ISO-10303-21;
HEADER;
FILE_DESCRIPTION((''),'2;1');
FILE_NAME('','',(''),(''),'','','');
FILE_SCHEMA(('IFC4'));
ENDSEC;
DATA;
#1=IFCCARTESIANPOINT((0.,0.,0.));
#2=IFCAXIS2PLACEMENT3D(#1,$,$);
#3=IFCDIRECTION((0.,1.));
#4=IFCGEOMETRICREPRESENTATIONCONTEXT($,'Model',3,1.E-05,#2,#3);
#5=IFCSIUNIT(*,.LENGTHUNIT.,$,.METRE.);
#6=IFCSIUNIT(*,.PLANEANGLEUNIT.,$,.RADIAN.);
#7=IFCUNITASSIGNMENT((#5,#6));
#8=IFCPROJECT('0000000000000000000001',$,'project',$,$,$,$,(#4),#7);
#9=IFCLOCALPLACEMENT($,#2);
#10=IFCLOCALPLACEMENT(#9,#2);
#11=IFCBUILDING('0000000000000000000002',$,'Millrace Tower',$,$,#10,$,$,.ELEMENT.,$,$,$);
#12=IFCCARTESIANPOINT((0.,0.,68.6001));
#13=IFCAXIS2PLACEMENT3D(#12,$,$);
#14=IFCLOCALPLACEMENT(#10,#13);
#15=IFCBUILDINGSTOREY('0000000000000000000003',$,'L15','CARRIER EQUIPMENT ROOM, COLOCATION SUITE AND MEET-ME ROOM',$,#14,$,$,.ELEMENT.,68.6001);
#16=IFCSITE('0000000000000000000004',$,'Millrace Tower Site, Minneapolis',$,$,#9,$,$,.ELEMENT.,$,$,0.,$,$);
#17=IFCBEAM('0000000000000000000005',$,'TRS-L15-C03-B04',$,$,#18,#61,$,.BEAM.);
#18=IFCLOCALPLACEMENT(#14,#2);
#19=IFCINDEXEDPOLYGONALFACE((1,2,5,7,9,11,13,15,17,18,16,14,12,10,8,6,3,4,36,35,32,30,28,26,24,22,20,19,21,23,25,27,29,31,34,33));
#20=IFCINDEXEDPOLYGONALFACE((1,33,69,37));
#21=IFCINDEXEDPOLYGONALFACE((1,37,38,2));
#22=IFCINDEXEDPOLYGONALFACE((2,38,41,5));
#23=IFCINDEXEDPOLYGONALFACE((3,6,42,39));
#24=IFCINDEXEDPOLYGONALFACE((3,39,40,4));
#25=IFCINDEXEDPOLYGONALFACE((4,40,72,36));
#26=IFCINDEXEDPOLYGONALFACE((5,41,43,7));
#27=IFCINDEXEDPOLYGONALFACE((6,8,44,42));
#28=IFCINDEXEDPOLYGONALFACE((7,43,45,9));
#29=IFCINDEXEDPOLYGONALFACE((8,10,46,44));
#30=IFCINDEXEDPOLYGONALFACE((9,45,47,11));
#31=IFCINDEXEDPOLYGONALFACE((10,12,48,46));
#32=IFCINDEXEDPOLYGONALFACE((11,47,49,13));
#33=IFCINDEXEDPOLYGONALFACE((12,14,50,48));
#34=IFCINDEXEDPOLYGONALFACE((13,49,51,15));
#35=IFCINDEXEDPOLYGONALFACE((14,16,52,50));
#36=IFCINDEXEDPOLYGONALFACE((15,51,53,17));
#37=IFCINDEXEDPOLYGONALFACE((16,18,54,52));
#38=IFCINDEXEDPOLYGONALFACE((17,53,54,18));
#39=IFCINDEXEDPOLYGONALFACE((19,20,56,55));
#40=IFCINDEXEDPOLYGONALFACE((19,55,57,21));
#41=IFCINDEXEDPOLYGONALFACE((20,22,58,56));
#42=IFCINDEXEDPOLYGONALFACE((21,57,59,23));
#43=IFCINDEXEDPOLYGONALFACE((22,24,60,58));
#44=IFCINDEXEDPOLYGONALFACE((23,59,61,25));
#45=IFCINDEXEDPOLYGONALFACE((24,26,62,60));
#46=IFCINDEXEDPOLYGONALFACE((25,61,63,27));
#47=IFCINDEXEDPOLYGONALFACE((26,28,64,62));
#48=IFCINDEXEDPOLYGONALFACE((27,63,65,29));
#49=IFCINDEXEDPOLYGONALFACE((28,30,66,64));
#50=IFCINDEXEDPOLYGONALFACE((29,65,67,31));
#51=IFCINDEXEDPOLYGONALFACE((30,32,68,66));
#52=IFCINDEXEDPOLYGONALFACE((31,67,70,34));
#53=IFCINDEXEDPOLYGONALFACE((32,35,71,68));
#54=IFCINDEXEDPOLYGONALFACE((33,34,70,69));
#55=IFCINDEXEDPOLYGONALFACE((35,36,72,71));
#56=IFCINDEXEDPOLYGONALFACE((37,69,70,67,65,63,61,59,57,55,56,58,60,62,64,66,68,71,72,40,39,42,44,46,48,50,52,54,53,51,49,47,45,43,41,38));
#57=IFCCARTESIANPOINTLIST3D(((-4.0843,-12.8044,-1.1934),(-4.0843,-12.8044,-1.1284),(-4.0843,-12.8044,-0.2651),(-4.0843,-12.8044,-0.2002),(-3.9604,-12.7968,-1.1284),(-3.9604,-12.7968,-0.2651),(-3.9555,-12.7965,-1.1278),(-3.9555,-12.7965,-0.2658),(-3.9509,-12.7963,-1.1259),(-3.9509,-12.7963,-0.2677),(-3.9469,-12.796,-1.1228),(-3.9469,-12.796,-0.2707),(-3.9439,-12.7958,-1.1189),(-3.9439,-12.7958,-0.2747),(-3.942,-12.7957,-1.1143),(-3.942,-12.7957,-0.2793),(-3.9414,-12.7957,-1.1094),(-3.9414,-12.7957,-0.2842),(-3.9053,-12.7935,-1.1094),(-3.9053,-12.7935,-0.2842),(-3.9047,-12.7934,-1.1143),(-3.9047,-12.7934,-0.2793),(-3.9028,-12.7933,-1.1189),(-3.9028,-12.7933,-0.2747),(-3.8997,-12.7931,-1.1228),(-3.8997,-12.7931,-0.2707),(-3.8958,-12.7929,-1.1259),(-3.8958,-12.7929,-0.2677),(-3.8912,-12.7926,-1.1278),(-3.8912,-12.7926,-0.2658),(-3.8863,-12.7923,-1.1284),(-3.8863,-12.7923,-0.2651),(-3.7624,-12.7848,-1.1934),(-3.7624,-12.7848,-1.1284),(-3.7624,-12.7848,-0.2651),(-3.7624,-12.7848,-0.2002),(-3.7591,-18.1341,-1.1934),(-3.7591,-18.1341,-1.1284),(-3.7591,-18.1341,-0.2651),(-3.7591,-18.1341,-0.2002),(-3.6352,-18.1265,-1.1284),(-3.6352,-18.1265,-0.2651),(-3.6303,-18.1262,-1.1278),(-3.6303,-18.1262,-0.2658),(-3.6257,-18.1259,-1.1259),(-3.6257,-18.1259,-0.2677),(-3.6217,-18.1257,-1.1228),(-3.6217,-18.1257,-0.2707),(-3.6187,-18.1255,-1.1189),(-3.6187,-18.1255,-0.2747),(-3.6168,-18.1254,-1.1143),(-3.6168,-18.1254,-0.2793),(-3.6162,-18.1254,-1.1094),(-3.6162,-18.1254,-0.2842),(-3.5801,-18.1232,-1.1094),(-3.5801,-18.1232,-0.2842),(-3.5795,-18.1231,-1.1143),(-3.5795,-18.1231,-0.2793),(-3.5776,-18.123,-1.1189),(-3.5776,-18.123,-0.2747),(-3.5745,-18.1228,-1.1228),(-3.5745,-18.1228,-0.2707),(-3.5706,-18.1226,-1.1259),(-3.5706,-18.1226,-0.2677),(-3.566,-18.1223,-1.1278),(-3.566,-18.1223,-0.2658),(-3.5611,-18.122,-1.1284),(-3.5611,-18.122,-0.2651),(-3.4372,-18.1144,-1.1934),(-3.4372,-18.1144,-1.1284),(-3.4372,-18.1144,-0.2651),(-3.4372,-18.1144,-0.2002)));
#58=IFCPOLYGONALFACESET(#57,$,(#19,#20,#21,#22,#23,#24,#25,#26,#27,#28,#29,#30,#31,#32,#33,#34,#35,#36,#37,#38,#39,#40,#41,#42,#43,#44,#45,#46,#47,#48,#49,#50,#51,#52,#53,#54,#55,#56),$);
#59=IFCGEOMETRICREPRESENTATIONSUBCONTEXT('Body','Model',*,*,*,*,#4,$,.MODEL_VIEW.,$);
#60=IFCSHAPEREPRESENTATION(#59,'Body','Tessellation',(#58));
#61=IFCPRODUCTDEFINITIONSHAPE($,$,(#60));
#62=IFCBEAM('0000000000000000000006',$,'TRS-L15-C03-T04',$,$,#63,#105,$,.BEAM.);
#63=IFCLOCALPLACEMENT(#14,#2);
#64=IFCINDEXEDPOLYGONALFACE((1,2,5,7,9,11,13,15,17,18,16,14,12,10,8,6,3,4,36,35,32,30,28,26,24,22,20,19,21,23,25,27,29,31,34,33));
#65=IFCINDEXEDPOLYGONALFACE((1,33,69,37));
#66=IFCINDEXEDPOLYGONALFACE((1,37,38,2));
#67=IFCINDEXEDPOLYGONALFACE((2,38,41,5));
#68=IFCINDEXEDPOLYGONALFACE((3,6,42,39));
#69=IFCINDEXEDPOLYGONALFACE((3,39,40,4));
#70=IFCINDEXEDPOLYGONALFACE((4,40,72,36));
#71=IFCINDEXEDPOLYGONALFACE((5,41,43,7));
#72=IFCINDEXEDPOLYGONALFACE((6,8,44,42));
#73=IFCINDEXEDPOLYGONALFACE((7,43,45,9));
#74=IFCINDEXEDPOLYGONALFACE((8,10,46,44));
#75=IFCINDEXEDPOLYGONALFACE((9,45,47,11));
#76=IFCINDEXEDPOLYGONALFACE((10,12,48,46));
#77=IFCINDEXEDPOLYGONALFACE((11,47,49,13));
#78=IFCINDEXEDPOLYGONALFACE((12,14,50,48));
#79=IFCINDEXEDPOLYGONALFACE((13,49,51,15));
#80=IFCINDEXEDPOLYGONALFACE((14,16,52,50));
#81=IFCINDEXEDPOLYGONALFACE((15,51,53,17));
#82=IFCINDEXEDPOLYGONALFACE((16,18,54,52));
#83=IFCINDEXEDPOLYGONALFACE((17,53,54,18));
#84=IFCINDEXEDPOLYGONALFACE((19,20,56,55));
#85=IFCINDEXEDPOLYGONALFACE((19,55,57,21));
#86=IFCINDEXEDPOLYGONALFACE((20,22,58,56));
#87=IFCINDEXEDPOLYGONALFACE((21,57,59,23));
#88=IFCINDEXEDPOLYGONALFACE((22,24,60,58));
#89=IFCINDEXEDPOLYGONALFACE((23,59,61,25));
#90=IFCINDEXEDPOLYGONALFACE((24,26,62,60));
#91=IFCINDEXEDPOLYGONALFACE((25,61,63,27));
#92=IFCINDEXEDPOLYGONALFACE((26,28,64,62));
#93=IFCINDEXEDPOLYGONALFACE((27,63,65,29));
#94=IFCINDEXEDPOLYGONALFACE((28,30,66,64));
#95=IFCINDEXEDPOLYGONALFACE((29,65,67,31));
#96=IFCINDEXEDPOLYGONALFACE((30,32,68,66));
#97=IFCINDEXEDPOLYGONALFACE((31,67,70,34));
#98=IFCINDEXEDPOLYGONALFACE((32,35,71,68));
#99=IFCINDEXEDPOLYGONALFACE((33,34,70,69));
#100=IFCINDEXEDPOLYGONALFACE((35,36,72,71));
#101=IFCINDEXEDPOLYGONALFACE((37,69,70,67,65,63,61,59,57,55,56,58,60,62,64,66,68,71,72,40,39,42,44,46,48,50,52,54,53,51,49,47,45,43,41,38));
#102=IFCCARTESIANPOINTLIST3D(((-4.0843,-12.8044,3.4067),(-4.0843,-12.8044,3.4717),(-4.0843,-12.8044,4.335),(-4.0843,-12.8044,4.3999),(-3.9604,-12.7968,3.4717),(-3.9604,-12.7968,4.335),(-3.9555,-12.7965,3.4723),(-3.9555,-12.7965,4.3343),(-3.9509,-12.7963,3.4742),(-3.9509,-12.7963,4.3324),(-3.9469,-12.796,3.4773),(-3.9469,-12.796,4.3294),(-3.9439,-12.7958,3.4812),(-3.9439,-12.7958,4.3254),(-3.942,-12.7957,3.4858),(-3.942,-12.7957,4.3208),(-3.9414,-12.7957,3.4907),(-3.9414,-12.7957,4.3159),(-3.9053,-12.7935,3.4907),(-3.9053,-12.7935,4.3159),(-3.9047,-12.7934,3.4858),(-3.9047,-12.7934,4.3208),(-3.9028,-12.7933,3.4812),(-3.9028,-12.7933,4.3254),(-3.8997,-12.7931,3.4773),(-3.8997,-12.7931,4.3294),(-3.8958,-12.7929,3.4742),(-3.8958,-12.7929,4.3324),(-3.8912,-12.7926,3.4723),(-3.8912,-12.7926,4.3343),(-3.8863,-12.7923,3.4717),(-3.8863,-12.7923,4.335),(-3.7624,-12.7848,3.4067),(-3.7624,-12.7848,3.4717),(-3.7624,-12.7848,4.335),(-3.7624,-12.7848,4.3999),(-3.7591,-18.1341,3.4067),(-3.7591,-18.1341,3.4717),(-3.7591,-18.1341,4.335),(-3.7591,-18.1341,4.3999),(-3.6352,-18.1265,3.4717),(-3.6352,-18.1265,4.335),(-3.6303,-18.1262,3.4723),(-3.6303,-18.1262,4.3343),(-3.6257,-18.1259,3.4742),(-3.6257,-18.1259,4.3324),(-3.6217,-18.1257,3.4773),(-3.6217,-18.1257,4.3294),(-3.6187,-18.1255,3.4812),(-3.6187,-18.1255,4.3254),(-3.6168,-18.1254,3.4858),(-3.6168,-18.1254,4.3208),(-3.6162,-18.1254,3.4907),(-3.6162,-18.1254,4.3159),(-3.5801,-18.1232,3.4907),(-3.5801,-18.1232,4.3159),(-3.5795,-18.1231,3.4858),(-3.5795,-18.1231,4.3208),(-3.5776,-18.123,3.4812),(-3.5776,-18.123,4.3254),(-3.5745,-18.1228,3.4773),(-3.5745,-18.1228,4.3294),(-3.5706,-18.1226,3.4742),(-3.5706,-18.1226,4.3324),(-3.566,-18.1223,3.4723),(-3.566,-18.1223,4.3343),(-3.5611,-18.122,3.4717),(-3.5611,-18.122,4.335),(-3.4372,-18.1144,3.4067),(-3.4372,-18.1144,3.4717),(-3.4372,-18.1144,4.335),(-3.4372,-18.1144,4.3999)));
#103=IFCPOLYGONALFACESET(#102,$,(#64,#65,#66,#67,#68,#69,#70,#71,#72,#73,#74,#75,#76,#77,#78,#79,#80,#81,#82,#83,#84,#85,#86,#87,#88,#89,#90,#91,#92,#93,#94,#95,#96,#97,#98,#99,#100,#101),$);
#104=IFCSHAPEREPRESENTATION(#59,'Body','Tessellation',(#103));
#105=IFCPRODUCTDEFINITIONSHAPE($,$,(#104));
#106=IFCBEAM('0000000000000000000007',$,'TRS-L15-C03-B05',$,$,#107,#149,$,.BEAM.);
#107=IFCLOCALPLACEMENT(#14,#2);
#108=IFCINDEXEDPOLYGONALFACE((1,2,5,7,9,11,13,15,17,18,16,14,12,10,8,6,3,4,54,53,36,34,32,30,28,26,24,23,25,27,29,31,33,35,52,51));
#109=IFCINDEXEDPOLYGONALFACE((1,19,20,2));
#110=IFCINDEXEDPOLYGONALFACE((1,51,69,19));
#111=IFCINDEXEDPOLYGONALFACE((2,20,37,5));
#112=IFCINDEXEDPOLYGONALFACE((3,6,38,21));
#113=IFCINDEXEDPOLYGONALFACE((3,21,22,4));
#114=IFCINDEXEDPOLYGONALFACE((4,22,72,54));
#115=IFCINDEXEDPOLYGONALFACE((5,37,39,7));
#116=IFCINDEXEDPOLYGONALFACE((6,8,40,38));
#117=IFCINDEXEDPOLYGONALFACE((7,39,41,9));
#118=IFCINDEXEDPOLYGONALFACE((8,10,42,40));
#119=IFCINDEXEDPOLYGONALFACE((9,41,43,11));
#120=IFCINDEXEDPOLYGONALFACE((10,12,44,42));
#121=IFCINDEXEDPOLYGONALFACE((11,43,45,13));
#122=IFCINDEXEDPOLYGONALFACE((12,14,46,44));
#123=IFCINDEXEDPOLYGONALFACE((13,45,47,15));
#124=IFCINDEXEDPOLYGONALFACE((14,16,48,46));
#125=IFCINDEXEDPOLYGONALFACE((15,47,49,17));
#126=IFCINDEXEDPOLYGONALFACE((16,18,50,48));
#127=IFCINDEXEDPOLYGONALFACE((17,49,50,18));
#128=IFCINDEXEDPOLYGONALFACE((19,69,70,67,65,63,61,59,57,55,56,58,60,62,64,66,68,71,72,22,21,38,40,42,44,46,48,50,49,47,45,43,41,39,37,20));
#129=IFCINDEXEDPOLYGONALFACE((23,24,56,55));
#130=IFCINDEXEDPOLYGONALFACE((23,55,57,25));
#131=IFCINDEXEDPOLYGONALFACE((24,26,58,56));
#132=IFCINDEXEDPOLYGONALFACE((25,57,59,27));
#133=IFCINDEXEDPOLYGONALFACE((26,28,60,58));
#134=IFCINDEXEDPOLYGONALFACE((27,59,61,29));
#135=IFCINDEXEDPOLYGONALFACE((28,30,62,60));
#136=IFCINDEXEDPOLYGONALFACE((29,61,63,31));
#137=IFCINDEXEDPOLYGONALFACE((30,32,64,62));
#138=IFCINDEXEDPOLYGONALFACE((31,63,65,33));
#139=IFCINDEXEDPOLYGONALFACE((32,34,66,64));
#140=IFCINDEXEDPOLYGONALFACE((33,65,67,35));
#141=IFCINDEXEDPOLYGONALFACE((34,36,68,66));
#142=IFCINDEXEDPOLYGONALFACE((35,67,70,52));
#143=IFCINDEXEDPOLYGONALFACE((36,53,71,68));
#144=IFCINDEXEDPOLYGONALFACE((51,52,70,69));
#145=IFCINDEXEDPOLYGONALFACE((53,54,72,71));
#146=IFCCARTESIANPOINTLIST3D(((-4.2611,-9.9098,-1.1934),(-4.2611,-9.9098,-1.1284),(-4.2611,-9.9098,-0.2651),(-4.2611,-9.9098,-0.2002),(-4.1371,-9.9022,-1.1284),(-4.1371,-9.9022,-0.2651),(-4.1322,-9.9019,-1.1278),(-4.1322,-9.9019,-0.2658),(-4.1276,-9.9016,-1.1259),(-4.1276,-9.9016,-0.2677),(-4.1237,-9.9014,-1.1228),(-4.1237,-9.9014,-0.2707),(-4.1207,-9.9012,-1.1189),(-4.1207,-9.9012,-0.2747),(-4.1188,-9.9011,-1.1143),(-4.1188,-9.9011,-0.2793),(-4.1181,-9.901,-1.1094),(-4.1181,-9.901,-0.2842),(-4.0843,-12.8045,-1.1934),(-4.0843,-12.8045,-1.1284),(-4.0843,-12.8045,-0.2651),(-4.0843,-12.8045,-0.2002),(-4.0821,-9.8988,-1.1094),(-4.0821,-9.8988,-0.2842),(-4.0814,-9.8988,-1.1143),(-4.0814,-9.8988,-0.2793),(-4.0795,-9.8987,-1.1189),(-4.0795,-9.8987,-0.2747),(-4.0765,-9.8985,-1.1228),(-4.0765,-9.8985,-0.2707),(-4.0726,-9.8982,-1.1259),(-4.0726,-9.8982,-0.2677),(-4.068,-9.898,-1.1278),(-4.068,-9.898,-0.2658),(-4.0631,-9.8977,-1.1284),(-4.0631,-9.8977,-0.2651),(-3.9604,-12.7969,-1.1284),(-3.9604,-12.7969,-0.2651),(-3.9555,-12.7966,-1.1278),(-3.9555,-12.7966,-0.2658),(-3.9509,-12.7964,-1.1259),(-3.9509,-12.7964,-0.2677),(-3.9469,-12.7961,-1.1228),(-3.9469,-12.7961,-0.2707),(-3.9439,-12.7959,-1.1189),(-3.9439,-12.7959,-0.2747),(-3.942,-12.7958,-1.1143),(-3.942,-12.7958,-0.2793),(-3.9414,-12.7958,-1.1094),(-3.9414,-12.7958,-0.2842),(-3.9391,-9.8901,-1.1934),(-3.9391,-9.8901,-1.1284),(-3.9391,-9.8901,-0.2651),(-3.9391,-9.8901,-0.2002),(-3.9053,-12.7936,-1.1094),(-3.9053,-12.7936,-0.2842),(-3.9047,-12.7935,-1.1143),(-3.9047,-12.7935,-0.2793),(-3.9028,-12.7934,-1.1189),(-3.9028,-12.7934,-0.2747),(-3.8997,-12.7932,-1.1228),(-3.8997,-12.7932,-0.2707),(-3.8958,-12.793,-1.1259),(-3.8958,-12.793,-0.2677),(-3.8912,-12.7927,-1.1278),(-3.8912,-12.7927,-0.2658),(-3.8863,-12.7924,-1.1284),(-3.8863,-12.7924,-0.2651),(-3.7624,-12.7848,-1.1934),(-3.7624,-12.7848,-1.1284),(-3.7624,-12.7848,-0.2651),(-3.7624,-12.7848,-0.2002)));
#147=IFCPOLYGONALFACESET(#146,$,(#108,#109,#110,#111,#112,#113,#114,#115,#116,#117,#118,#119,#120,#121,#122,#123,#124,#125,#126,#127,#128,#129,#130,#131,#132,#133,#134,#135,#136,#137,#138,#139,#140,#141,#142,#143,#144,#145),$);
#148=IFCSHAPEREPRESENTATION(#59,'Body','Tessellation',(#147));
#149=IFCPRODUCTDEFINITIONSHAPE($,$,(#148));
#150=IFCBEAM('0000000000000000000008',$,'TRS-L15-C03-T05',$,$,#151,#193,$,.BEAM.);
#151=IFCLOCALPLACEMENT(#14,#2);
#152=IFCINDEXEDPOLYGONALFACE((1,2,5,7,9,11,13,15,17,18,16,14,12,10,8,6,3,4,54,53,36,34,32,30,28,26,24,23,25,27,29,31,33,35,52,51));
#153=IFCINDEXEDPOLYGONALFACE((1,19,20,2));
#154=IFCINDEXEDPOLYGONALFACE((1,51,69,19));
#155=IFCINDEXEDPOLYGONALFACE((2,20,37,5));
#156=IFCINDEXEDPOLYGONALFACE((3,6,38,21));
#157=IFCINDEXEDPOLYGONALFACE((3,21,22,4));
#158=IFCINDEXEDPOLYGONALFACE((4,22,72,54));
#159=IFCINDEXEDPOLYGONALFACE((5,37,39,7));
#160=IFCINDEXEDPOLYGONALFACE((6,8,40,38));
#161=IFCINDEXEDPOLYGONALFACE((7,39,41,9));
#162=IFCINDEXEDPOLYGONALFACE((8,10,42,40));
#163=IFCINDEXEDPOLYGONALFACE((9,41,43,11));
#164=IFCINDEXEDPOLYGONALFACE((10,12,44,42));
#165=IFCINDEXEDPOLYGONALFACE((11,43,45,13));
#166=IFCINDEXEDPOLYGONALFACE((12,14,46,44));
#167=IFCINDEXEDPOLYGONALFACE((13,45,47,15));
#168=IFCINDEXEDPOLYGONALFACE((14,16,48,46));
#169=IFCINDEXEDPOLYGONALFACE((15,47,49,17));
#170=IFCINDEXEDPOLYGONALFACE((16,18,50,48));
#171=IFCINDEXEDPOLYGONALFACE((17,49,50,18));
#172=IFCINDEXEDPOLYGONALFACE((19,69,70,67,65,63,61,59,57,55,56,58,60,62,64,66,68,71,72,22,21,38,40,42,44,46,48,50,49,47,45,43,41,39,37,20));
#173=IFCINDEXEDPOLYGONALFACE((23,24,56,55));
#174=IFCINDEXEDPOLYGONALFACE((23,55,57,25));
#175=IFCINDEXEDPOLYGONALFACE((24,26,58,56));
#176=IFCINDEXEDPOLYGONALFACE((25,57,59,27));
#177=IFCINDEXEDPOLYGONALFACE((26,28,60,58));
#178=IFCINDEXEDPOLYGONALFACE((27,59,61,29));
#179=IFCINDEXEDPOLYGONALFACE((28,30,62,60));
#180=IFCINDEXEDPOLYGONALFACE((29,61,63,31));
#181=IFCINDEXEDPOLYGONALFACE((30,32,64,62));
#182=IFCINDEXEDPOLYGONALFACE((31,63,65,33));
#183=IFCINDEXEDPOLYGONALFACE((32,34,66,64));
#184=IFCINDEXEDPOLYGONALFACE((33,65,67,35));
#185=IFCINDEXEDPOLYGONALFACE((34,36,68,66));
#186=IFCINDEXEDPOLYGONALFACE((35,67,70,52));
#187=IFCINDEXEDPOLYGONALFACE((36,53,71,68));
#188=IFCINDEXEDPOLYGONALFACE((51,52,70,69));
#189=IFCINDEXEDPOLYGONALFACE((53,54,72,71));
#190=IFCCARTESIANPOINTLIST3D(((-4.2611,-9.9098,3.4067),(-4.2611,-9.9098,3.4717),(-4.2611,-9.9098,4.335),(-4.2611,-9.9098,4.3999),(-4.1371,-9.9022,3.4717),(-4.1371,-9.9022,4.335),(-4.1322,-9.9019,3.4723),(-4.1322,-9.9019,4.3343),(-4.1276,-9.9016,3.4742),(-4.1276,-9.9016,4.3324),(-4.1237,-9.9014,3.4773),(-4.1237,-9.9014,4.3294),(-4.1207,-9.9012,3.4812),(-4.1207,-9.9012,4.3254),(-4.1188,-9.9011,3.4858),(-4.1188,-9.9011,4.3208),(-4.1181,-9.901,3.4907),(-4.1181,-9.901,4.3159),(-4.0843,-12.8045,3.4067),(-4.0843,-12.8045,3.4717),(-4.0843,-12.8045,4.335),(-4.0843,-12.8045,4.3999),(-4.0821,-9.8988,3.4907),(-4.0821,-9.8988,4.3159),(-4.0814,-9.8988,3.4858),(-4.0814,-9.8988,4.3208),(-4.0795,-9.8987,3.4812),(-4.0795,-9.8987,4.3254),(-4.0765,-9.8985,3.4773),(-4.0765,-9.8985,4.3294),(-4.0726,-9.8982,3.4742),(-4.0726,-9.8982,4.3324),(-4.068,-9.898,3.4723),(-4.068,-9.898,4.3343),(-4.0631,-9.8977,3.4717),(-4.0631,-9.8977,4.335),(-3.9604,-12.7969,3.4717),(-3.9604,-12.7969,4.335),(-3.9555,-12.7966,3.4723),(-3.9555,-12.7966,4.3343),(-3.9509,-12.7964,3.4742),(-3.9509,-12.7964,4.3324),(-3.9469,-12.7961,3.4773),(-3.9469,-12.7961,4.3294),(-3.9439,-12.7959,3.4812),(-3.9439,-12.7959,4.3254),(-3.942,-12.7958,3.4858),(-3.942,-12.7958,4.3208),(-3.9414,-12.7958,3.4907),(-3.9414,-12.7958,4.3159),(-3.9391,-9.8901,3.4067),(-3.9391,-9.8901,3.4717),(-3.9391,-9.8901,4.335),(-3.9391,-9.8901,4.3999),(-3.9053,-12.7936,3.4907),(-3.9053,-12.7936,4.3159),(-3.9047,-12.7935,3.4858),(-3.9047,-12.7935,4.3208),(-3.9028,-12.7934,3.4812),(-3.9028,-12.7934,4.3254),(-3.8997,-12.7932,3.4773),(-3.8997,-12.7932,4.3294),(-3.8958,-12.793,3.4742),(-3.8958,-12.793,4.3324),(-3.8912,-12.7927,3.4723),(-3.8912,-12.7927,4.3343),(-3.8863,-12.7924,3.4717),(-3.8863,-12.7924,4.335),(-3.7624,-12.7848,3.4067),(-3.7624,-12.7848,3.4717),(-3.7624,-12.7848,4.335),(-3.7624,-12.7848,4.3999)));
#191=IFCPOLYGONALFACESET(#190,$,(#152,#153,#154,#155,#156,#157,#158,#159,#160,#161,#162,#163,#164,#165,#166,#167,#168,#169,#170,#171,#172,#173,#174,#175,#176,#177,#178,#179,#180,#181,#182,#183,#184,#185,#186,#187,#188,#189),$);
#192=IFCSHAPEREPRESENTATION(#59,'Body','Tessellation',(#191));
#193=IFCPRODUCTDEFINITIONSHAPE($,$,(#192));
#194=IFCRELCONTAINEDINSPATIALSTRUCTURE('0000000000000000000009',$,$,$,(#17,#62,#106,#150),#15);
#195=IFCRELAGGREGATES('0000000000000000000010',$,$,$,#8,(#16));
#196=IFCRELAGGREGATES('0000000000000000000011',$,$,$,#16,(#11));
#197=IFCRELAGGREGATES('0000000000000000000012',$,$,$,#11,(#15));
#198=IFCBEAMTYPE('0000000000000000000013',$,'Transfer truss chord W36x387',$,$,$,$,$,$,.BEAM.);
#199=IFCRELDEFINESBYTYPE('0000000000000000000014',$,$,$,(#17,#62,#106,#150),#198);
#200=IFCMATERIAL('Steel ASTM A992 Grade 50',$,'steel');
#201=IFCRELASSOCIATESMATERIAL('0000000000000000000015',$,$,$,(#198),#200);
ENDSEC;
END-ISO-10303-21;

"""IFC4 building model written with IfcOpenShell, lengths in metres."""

from ifc_helpers import new_model, si_unit, direction, frame, origin, origin_2d, place, context, subcontext, project, spatial, i_section, extrude, material, material_profile, profile_set, type_object, element, save


model = new_model("IFC4")

# Units and contexts
model_context = context("Model", 3, precision=1e-05, world=origin(), true_north=direction((0.0, 1.0)))
body_context = subcontext(model_context, "Body", "Model", "MODEL_VIEW")
ifc_project = project(units=[si_unit("LENGTHUNIT", "METRE"), si_unit("PLANEANGLEUNIT", "RADIAN")], contexts=[model_context])

# Site, building, storey
site_placement = place(None, origin())
site = spatial("IfcSite", under=ifc_project, at=site_placement, Name="Millrace Tower Site, Minneapolis", CompositionType="ELEMENT", RefElevation=0.0)
building_placement = place(site_placement, origin())
building = spatial("IfcBuilding", under=site, at=building_placement, Name="Millrace Tower", CompositionType="ELEMENT")
storey_placement = place(building_placement, frame((0.0, 0.0, 68.6001)))
storey = spatial("IfcBuildingStorey", under=building, at=storey_placement, Name="L15", Description="CARRIER EQUIPMENT ROOM, COLOCATION SUITE AND MEET-ME ROOM", CompositionType="ELEMENT", Elevation=68.6001)

# Beams
ifc_material_1 = material(Name="Steel ASTM A992 Grade 50", Category="steel")
ifc_material_profile_1 = material_profile(ifc_material_1, i_section(OverallWidth=0.3225, OverallDepth=0.9932, WebThickness=0.0361, FlangeThickness=0.0649, FilletRadius=0.019, at=origin_2d()))
ifc_profile_set_1 = profile_set([ifc_material_profile_1], Name="Steel ASTM A992 Grade 50")
beam_type_1 = type_object("IfcBeamType", Name="Transfer truss chord W36x387", PredefinedType="BEAM", material=ifc_profile_set_1)
for number, where, z_axis, x_axis, name in (
    (1, (-3.5981, -18.1243, -0.6968), (-0.060904, 0.998144, 0.0), (-0.998144, -0.060904, 0.0), "TRS-L15-C03-B04"),
    (2, (-3.5981, -18.1243, 3.9033), (-0.060904, 0.998144, 0.0), (-0.998144, -0.060904, 0.0), "TRS-L15-C03-T04"),
):
    element("IfcBeam", number, at=place(storey_placement, frame(where, z_axis=z_axis, x_axis=x_axis)), inside=storey, type_object=beam_type_1, Name=name, PredefinedType="BEAM", context=body_context, shape_type="SweptSolid", body=[
        extrude(i_section(OverallWidth=0.3225, OverallDepth=0.9932, WebThickness=0.0361, FlangeThickness=0.0649, FilletRadius=0.019, at=origin_2d()), origin(), (0.0, 0.0, 1.0), 5.3396),
    ])
for number, where, z_axis, x_axis, name in (
    (3, (-3.9233, -12.7947, -0.6968), (-0.060947, 0.998141, 0.0), (-0.998141, -0.060947, 0.0), "TRS-L15-C03-B05"),
    (4, (-3.9233, -12.7947, 3.9033), (-0.060947, 0.998141, 0.0), (-0.998141, -0.060947, 0.0), "TRS-L15-C03-T05"),
):
    element("IfcBeam", number, at=place(storey_placement, frame(where, z_axis=z_axis, x_axis=x_axis)), inside=storey, type_object=beam_type_1, Name=name, PredefinedType="BEAM", context=body_context, shape_type="SweptSolid", body=[
        extrude(i_section(OverallWidth=0.3225, OverallDepth=0.9932, WebThickness=0.0361, FlangeThickness=0.0649, FilletRadius=0.019, at=origin_2d()), origin(), (0.0, 0.0, 1.0), 2.9001),
    ])

save(model, "model.ifc")
